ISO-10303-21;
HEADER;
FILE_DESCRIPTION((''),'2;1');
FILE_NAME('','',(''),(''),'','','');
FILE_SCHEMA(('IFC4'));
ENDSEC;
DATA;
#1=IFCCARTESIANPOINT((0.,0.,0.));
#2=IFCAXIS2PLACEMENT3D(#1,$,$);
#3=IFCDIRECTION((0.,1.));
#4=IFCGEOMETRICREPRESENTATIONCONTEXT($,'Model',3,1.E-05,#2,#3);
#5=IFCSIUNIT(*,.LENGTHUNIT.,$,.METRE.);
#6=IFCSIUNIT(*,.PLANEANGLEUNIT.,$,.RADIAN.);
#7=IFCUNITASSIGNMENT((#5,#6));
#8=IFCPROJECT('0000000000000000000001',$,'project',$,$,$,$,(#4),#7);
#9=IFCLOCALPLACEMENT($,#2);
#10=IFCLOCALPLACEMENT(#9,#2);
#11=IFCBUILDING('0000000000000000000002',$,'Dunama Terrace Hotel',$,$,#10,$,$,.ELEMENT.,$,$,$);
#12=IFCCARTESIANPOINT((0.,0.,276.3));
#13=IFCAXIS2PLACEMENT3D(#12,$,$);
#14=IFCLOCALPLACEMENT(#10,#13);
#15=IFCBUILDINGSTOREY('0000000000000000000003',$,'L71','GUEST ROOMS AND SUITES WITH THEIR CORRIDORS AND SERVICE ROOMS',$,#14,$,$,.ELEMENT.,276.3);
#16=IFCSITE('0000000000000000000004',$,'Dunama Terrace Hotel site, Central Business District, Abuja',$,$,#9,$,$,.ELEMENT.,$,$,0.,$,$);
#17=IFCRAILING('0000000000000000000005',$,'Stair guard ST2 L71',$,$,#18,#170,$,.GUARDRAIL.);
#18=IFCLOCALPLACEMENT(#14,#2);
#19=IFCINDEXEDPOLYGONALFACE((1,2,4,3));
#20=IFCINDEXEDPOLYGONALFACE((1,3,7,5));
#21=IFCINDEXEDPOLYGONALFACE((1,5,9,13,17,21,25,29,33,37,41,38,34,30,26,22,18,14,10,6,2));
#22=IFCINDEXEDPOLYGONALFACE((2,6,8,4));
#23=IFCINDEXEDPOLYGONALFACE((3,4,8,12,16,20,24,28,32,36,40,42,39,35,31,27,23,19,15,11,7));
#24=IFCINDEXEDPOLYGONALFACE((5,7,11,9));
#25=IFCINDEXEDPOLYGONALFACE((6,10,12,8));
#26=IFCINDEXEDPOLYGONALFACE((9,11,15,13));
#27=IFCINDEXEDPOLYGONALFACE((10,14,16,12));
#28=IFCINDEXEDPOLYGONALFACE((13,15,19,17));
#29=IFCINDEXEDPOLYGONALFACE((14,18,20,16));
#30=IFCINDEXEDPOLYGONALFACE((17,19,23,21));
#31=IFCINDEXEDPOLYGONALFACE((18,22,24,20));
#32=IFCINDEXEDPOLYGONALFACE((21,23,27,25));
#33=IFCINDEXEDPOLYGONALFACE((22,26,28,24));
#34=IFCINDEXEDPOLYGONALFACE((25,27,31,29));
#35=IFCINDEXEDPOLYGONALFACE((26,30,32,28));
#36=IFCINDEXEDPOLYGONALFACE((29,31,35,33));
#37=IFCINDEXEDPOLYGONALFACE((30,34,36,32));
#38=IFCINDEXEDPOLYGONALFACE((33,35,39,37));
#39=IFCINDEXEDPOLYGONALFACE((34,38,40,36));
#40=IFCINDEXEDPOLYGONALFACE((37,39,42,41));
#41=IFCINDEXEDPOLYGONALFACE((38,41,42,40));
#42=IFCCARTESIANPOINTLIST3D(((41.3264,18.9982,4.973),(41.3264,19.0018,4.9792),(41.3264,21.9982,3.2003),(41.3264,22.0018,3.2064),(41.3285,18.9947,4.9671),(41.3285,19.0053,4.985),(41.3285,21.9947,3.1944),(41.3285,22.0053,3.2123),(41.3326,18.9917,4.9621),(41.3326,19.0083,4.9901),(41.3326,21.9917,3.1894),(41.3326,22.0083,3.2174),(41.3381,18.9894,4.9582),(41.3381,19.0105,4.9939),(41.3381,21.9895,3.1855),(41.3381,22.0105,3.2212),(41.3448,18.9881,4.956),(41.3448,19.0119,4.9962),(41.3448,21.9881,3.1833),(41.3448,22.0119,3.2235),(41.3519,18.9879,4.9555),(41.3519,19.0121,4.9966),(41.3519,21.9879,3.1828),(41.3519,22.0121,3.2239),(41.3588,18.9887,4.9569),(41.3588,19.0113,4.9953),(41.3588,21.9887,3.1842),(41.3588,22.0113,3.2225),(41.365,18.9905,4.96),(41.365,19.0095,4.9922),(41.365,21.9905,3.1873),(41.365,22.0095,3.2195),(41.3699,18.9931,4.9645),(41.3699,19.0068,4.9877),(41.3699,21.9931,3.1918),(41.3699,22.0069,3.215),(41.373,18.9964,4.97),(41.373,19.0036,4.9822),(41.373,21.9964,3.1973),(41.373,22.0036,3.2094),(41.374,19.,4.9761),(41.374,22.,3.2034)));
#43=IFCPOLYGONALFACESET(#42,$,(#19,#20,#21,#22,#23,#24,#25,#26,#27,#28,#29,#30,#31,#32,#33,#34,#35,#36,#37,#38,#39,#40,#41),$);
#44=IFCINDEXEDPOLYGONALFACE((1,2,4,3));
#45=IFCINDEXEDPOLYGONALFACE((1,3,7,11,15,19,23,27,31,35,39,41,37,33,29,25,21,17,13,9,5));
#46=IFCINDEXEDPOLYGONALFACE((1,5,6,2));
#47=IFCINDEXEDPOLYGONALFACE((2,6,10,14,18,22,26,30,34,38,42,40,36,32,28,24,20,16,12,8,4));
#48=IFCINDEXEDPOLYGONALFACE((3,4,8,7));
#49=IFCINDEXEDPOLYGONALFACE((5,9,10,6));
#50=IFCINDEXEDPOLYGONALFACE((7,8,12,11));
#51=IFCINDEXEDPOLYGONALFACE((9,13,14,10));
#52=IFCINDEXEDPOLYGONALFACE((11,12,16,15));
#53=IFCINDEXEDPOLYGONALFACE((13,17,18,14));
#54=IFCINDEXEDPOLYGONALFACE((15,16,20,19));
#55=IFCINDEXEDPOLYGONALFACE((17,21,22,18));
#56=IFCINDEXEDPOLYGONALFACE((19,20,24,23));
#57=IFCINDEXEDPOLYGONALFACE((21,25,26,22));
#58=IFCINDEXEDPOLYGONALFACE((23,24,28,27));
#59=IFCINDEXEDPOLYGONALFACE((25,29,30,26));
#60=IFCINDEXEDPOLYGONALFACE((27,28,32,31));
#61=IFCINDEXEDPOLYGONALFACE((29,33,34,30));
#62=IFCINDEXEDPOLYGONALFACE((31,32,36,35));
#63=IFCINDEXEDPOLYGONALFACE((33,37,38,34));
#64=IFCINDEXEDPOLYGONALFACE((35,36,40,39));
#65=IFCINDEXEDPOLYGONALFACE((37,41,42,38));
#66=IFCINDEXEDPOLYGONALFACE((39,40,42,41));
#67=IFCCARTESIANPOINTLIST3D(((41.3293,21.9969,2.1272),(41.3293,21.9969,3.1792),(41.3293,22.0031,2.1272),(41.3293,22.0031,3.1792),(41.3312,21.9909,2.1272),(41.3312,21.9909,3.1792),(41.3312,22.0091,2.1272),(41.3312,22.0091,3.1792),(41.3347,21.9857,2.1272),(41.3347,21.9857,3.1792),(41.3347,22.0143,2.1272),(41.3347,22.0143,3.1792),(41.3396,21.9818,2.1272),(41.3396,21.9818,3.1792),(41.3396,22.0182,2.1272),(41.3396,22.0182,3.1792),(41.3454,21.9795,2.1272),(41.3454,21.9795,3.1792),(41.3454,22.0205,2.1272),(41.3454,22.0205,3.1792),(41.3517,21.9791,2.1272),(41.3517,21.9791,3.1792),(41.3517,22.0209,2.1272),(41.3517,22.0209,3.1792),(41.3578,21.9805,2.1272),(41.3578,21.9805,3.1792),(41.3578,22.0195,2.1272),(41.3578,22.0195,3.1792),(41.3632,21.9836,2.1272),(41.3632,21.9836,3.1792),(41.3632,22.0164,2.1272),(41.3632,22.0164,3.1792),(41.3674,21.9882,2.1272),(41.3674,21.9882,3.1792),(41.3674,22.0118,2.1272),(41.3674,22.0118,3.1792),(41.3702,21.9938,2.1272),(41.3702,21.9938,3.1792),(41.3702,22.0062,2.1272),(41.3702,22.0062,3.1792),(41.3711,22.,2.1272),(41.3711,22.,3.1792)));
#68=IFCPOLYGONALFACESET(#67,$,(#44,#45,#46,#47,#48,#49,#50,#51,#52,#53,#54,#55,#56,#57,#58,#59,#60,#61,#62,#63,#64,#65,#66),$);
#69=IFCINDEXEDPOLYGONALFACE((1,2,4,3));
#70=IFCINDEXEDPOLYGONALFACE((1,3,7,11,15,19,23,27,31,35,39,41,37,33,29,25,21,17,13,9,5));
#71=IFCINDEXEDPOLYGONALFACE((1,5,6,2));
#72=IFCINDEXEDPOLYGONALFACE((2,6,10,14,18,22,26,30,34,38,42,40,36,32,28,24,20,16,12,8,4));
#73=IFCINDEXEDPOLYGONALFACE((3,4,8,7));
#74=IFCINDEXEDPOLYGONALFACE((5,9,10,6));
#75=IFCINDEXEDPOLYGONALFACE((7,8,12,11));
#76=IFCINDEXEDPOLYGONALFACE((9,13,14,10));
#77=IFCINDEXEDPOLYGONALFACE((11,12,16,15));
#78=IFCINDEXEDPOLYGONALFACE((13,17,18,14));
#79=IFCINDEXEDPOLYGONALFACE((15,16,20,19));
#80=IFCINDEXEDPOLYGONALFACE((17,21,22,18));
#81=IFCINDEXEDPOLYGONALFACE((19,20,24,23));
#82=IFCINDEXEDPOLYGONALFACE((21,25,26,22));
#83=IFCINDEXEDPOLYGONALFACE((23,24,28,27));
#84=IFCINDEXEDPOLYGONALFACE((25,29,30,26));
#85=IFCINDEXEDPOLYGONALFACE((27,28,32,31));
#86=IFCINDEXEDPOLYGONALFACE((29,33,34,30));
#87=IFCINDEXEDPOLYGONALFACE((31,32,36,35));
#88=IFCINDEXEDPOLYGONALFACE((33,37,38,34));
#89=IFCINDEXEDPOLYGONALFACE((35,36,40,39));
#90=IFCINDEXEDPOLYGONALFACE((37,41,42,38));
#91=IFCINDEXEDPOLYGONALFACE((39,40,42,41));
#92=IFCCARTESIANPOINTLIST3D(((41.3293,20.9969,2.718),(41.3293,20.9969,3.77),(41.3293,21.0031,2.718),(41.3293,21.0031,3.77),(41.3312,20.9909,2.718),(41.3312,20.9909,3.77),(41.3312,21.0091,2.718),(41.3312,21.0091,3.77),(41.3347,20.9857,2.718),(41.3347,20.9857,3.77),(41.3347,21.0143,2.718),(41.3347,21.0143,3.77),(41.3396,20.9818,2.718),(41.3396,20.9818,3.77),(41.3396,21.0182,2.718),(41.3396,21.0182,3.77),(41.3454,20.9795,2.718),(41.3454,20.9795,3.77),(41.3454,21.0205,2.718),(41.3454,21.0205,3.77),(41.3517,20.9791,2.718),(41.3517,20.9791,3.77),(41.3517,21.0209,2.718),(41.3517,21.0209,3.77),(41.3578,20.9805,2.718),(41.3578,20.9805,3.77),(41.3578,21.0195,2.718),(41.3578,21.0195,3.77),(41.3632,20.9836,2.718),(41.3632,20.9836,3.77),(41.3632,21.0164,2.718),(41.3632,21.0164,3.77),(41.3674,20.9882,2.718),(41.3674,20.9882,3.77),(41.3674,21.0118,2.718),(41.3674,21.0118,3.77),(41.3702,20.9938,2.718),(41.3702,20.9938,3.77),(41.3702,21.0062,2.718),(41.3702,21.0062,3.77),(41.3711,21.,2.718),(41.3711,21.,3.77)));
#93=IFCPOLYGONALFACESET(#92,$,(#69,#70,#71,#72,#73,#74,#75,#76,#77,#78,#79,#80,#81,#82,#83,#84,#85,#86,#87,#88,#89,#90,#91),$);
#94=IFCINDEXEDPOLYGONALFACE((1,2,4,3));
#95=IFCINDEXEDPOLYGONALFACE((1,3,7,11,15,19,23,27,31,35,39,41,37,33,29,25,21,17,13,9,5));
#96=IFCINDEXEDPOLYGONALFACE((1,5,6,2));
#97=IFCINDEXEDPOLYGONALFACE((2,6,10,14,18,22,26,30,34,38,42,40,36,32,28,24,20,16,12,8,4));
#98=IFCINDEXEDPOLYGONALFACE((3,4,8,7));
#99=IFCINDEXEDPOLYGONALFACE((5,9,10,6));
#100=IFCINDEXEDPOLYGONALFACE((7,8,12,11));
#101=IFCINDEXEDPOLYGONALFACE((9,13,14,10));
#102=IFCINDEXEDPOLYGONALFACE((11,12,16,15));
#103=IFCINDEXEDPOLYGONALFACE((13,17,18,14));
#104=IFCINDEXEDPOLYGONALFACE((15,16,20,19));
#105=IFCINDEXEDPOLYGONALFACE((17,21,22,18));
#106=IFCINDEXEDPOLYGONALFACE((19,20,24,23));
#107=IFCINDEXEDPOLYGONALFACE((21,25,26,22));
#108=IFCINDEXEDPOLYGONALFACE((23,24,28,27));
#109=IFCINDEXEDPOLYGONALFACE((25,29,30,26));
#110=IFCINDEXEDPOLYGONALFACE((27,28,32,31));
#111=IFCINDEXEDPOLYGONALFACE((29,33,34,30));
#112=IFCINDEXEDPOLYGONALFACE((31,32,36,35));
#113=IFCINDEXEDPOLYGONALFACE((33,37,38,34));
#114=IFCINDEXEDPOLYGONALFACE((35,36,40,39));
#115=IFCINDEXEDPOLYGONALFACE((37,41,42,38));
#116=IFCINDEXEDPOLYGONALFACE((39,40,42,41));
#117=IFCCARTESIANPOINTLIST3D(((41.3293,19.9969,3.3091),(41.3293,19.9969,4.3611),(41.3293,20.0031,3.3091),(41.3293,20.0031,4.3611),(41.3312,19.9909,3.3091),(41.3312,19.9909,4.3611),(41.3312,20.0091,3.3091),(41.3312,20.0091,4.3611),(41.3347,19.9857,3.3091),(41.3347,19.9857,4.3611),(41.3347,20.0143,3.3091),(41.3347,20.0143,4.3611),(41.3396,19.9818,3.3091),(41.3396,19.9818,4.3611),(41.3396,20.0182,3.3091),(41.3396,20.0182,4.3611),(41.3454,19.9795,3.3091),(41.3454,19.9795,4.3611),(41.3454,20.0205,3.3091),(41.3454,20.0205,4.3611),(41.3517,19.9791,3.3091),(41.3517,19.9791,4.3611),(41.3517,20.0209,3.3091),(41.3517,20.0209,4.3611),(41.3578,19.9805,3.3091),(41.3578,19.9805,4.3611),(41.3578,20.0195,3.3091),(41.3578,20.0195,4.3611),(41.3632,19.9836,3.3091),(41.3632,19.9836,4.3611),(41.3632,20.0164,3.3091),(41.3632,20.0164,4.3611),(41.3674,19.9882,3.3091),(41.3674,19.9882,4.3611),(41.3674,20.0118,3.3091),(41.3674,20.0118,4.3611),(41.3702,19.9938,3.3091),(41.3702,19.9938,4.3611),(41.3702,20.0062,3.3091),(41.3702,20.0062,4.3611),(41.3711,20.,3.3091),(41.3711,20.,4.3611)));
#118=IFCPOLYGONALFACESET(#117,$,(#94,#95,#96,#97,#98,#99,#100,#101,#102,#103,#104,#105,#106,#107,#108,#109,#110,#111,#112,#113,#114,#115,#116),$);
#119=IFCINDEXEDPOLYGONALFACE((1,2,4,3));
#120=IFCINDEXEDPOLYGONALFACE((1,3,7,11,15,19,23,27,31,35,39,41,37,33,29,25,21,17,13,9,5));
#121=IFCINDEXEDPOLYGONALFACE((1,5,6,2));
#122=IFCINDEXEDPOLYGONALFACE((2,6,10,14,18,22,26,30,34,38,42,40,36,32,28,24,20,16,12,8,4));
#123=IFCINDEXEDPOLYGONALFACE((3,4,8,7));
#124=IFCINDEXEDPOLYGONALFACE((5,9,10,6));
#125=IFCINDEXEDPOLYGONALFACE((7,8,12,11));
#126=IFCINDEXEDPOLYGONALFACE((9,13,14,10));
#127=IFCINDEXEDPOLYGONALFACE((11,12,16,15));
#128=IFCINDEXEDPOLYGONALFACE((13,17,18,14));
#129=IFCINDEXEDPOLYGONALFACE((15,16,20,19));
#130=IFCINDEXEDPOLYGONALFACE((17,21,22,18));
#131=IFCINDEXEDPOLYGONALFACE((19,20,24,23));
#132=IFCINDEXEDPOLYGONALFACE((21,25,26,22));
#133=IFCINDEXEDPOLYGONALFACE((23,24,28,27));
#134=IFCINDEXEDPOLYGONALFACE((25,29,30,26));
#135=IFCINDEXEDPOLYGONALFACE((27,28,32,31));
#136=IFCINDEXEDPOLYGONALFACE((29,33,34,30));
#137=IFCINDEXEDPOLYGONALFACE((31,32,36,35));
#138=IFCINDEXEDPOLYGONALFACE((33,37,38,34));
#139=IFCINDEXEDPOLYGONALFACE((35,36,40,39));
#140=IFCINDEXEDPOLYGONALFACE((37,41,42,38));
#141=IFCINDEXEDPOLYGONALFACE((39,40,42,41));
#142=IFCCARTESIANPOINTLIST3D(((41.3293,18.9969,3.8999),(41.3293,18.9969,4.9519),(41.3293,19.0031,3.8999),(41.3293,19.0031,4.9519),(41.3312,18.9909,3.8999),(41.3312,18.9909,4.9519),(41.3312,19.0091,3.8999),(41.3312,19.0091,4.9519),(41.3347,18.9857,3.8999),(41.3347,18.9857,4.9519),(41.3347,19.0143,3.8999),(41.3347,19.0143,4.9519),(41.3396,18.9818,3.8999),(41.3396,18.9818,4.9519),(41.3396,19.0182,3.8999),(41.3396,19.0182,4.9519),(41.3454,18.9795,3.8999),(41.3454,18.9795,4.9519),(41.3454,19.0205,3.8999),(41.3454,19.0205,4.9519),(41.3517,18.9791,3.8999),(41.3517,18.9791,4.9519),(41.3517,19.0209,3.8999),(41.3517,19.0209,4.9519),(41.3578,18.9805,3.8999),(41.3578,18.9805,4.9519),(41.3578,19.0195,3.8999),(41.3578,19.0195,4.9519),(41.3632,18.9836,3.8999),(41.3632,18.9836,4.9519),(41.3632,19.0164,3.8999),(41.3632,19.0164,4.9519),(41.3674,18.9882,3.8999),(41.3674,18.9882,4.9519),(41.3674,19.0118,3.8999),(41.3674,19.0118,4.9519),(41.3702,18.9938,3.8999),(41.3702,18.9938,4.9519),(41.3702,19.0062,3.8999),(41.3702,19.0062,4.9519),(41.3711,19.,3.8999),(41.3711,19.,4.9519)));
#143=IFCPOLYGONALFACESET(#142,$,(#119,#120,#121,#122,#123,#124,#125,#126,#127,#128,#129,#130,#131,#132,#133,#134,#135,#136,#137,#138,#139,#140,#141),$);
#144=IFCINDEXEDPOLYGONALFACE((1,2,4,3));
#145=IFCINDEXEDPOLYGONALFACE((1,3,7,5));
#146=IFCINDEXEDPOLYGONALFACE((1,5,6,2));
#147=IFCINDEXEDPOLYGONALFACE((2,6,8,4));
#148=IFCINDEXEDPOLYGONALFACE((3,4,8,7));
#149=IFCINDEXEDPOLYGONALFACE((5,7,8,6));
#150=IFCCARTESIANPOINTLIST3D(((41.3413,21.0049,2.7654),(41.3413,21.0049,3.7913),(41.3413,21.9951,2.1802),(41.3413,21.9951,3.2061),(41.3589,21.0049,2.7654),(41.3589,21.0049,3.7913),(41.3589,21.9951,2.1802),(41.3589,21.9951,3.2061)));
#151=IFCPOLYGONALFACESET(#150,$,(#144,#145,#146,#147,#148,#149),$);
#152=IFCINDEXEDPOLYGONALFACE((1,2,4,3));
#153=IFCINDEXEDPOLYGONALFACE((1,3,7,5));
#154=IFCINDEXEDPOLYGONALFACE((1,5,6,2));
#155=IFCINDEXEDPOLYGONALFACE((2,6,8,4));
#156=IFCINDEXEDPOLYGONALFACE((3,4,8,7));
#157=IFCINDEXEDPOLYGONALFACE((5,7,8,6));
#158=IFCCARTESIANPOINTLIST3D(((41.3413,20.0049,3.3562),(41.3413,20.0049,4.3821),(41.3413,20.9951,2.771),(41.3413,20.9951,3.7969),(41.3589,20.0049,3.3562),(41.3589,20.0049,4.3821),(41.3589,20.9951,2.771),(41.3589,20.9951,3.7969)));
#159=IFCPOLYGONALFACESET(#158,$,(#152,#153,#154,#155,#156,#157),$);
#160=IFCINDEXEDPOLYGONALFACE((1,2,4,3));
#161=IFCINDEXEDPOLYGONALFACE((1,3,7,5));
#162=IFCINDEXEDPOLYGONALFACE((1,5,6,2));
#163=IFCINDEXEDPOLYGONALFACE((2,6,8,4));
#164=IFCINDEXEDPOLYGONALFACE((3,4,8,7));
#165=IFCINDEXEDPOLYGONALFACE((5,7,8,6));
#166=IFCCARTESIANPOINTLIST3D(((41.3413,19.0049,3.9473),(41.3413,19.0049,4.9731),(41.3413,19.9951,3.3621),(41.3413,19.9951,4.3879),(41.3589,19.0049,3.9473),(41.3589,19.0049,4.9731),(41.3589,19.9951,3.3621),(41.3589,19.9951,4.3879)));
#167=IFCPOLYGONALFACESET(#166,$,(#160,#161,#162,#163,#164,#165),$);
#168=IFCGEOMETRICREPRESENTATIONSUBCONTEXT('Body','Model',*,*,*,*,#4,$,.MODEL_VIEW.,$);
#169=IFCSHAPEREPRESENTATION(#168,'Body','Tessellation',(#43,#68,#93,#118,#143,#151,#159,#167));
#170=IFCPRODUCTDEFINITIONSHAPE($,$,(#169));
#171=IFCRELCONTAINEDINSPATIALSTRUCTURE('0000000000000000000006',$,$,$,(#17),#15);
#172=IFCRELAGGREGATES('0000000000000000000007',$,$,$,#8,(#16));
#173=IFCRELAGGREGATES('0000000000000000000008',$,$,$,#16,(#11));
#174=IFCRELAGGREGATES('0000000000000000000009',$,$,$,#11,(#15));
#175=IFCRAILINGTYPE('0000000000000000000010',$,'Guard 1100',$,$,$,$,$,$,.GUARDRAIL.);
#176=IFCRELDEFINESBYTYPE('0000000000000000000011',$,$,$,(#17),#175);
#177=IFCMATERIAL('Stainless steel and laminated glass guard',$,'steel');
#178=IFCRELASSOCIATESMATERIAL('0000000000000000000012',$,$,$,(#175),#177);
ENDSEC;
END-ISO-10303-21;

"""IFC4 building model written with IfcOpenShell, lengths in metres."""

from ifc_helpers import new_model, si_unit, direction, frame, origin, origin_2d, place, context, subcontext, project, spatial, polyline, circle, outline, extrude, material, type_object, element, save


model = new_model("IFC4")

# Units and contexts
model_context = context("Model", 3, precision=1e-05, world=origin(), true_north=direction((0.0, 1.0)))
body_context = subcontext(model_context, "Body", "Model", "MODEL_VIEW")
ifc_project = project(units=[si_unit("LENGTHUNIT", "METRE"), si_unit("PLANEANGLEUNIT", "RADIAN")], contexts=[model_context])

# Site, building, storey
site_placement = place(None, origin())
site = spatial("IfcSite", under=ifc_project, at=site_placement, Name="Dunama Terrace Hotel site, Central Business District, Abuja", CompositionType="ELEMENT", RefElevation=0.0)
building_placement = place(site_placement, origin())
building = spatial("IfcBuilding", under=site, at=building_placement, Name="Dunama Terrace Hotel", CompositionType="ELEMENT")
storey_placement = place(building_placement, frame((0.0, 0.0, 276.3)))
storey = spatial("IfcBuildingStorey", under=building, at=storey_placement, Name="L71", Description="GUEST ROOMS AND SUITES WITH THEIR CORRIDORS AND SERVICE ROOMS", CompositionType="ELEMENT", Elevation=276.3)

# Railing
ifc_material_1 = material(Name="Stainless steel and laminated glass guard", Category="steel")
railing_type_1 = type_object("IfcRailingType", Name="Guard 1100", PredefinedType="GUARDRAIL", material=ifc_material_1)
railing_1_placement = place(storey_placement, frame((41.3501, 22.0, 2.1272)))
element("IfcRailing", 1, at=railing_1_placement, inside=storey, type_object=railing_type_1, Name="Stair guard ST2 L71", PredefinedType="GUARDRAIL", context=body_context, shape_type="SweptSolid", body=[
    extrude(circle(Radius=0.0239, at=origin_2d()), frame((0.0, 0.0, 1.0762), z_axis=(0.0, -0.860929, 0.508725), x_axis=(1.0, 0.0, 0.0)), (0.0, 0.0, 1.0), 3.4846),
    extrude(circle(Radius=0.021, at=origin_2d()), origin(), (0.0, 0.0, 1.0), 1.052),
    extrude(circle(Radius=0.021, at=origin_2d()), frame((0.0, -1.0, 0.5908)), (0.0, 0.0, 1.0), 1.052),
    extrude(circle(Radius=0.021, at=origin_2d()), frame((0.0, -2.0, 1.1819)), (0.0, 0.0, 1.0), 1.052),
    extrude(circle(Radius=0.021, at=origin_2d()), frame((0.0, -3.0, 1.7727)), (0.0, 0.0, 1.0), 1.052),
    extrude(outline(polyline([(0.0049, 0.053), (0.9951, 0.6382), (0.9951, 1.6641), (0.0049, 1.0789), (0.0049, 0.053)])), frame((0.0088, 0.0, 0.0), z_axis=(-1.0, 0.0, 0.0), x_axis=(0.0, -1.0, 0.0)), (0.0, 0.0, 1.0), 0.0176),
    extrude(outline(polyline([(0.0049, 0.053), (0.9951, 0.6382), (0.9951, 1.6641), (0.0049, 1.0789), (0.0049, 0.053)])), frame((0.0088, -1.0, 0.5908), z_axis=(-1.0, 0.0, 0.0), x_axis=(0.0, -1.0, 0.0)), (0.0, 0.0, 1.0), 0.0176),
    extrude(outline(polyline([(0.0049, 0.053), (0.9951, 0.6382), (0.9951, 1.6641), (0.0049, 1.0789), (0.0049, 0.053)])), frame((0.0088, -2.0, 1.1819), z_axis=(-1.0, 0.0, 0.0), x_axis=(0.0, -1.0, 0.0)), (0.0, 0.0, 1.0), 0.0176),
])

save(model, "model.ifc")
